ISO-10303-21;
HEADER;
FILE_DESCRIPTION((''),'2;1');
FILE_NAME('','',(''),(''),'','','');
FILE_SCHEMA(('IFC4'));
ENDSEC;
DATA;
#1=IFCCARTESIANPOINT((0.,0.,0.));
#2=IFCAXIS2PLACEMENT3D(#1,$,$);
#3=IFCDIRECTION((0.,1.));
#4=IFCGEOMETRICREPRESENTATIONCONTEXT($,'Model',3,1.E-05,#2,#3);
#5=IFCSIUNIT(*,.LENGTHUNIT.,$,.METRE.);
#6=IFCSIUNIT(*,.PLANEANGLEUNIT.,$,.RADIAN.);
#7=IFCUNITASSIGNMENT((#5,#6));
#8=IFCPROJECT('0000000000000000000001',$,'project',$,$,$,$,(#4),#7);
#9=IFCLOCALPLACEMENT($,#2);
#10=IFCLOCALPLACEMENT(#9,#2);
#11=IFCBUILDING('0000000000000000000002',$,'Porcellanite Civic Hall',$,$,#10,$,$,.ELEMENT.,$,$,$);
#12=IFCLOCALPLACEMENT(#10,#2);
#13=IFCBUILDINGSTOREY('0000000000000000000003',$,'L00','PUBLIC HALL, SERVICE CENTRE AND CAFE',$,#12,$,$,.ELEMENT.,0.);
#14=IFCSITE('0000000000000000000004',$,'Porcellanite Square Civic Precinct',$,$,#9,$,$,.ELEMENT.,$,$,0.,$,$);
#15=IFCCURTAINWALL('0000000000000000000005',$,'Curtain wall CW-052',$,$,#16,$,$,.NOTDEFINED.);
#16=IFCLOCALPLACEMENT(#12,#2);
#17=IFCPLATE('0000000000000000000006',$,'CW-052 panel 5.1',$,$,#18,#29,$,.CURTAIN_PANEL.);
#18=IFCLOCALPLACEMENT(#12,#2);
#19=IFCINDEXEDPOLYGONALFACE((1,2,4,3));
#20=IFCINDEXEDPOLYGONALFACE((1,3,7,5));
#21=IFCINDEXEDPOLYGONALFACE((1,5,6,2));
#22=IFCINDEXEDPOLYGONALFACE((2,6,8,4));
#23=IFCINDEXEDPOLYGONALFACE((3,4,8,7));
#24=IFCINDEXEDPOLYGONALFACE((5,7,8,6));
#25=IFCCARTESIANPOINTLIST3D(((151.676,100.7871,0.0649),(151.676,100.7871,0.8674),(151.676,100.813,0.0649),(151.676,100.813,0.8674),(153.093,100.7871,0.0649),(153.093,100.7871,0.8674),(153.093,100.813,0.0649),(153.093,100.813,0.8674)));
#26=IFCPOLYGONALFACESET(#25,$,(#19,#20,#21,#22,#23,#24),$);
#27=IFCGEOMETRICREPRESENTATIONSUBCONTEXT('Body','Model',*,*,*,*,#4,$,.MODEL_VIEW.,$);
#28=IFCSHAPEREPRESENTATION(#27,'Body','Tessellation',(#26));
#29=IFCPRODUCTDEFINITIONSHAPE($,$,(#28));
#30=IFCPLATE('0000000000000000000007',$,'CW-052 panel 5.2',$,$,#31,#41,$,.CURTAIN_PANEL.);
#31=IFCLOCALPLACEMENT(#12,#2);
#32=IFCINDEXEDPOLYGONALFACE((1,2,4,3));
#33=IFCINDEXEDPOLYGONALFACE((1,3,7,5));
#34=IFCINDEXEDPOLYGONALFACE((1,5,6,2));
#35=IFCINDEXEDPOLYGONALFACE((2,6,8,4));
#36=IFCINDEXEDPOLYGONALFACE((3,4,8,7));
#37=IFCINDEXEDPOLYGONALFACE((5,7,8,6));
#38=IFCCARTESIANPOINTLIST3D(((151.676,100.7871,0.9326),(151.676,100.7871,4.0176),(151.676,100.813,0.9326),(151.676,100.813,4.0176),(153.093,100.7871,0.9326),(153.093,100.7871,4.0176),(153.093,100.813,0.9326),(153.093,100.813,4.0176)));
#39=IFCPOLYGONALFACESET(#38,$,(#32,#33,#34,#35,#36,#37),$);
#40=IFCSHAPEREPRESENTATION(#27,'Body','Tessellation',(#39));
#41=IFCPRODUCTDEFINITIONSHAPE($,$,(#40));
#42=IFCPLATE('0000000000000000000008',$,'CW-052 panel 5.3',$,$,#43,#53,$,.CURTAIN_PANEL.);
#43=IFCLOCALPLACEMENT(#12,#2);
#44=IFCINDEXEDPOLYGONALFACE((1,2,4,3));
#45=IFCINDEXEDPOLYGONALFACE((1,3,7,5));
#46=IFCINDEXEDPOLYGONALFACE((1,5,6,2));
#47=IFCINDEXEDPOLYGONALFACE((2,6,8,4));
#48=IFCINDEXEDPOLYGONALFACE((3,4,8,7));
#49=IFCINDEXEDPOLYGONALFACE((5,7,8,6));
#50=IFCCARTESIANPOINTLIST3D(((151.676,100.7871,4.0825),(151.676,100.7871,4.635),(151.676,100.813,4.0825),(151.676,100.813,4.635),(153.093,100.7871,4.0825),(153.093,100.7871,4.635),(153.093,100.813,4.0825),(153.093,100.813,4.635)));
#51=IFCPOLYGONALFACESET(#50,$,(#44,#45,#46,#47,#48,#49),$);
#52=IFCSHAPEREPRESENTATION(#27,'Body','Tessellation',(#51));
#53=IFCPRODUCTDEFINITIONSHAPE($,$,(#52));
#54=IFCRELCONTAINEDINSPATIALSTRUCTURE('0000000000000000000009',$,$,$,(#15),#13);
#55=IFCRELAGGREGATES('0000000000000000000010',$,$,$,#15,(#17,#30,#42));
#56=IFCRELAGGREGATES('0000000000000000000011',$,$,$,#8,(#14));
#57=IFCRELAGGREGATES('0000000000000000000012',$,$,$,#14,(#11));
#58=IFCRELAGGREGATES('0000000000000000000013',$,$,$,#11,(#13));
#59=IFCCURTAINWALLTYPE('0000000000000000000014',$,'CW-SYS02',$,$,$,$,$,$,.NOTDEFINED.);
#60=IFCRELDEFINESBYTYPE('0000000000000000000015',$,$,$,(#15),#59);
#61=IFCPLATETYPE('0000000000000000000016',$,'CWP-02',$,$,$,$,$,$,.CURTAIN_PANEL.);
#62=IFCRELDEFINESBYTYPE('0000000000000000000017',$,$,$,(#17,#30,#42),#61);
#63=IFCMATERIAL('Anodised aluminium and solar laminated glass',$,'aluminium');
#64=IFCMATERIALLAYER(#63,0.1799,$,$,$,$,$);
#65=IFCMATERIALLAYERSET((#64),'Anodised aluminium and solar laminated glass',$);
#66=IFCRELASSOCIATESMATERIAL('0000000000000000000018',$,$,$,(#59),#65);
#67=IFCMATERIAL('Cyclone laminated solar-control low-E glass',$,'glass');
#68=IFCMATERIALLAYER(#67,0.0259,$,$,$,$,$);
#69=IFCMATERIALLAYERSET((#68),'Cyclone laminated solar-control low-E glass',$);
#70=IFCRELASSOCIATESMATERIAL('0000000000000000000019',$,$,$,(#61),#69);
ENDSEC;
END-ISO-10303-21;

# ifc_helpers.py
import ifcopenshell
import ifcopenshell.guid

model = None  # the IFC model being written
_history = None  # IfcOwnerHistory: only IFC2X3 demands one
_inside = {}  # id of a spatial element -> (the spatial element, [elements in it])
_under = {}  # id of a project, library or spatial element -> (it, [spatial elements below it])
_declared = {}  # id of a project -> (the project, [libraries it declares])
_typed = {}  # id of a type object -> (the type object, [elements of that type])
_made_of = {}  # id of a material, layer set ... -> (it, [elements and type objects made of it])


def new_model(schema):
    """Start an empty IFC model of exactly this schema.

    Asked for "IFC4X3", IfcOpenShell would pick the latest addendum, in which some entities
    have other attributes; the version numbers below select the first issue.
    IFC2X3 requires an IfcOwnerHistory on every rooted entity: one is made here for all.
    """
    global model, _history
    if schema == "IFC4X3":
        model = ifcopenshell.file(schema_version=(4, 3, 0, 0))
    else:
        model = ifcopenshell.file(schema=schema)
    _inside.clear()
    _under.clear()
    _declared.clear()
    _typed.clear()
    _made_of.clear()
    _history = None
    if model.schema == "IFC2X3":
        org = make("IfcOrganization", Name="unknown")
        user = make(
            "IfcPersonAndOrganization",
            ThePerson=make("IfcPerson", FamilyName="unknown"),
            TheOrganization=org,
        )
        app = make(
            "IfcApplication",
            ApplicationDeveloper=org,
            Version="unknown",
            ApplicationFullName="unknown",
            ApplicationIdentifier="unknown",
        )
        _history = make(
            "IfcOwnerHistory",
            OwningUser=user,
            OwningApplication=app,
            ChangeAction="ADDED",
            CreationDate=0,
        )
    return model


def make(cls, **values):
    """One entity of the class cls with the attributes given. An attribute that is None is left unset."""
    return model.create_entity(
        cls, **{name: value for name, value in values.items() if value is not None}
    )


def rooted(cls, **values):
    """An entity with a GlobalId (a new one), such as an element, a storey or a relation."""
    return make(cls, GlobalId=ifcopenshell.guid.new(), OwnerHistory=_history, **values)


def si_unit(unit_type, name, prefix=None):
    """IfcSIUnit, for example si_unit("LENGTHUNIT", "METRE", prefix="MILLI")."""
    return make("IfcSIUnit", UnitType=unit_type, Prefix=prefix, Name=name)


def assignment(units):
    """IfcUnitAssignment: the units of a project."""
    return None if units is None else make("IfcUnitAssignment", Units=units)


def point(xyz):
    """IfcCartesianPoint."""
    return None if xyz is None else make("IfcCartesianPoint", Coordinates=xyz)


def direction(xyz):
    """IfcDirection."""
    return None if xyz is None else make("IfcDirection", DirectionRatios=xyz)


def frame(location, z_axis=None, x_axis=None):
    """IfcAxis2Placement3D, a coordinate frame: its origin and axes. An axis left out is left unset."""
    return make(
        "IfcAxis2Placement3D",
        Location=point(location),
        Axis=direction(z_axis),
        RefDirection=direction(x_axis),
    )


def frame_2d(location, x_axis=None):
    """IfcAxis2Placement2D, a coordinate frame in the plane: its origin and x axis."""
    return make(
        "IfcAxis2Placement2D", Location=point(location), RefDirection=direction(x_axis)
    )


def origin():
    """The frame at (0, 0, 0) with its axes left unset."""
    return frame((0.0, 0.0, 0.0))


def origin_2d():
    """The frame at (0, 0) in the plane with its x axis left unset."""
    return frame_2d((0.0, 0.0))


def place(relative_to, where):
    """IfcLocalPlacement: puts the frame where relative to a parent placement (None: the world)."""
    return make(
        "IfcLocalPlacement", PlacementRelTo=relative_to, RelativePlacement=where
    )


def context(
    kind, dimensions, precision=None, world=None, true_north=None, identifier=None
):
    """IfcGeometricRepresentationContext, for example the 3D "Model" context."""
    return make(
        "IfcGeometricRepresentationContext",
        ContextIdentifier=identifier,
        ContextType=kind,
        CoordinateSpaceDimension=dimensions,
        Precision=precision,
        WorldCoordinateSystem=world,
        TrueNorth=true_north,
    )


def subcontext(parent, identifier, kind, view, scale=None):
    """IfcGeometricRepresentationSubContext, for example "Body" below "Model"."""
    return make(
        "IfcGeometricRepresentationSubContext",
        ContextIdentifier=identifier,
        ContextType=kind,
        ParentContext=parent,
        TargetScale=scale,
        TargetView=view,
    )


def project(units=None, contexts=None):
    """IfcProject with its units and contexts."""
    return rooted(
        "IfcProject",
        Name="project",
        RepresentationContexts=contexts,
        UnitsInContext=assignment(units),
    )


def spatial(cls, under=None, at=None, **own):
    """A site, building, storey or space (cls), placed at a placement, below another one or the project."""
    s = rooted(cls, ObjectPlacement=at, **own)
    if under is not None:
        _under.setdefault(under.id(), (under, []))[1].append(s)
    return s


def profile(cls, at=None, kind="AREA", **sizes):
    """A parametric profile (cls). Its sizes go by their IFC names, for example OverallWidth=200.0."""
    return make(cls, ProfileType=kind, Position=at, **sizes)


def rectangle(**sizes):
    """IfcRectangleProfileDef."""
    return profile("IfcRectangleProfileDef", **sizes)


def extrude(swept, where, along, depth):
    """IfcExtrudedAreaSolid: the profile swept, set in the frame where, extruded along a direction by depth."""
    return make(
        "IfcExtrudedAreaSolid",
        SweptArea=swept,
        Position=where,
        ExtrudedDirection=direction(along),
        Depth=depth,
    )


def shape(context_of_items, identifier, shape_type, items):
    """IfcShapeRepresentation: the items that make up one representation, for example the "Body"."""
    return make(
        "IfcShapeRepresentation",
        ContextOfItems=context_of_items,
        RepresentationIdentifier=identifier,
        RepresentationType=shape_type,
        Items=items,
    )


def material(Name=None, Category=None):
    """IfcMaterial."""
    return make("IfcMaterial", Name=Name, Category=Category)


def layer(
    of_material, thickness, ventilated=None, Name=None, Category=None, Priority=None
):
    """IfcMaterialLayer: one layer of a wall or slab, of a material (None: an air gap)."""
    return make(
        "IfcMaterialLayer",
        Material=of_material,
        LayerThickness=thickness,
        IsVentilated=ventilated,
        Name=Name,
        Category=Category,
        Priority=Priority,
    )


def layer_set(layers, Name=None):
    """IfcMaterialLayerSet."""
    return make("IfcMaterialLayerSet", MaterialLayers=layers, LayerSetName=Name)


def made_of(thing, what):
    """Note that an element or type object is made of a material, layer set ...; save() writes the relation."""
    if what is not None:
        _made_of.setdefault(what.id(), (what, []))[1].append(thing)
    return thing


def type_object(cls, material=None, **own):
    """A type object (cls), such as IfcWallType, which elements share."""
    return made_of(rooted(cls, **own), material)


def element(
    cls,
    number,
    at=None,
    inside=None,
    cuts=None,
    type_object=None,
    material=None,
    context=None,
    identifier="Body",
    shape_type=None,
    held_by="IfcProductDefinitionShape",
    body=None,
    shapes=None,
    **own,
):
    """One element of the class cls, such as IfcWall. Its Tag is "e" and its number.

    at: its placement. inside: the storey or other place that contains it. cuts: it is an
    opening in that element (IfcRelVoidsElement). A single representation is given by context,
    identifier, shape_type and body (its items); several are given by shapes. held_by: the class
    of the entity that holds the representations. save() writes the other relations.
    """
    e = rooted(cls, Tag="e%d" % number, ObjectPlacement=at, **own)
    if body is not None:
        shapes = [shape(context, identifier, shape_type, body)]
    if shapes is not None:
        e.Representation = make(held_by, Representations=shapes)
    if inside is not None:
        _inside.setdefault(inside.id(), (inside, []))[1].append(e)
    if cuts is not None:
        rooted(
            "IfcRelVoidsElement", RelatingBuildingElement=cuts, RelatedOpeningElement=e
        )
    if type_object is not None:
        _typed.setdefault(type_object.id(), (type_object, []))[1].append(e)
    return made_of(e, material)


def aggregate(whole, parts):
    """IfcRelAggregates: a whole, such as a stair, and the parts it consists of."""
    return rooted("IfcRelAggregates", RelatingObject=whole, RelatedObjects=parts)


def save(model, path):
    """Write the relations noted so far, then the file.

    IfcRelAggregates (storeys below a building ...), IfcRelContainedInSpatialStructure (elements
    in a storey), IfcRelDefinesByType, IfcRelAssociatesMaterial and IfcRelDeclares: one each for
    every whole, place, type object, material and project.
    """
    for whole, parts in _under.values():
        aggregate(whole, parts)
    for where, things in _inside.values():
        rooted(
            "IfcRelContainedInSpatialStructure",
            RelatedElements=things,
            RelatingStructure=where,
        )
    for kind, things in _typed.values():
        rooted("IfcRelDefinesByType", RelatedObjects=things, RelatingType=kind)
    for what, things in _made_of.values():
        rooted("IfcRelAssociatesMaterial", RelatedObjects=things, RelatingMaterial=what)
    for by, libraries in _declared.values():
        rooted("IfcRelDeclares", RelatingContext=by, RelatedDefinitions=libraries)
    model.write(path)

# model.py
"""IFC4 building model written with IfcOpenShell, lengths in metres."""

from ifc_helpers import new_model, si_unit, direction, frame, origin, origin_2d, place, context, subcontext, project, spatial, rectangle, extrude, material, layer, layer_set, type_object, element, aggregate, save


model = new_model("IFC4")

# Units and contexts
model_context = context("Model", 3, precision=1e-05, world=origin(), true_north=direction((0.0, 1.0)))
body_context = subcontext(model_context, "Body", "Model", "MODEL_VIEW")
ifc_project = project(units=[si_unit("LENGTHUNIT", "METRE"), si_unit("PLANEANGLEUNIT", "RADIAN")], contexts=[model_context])

# Site, building, storey
site_placement = place(None, origin())
site = spatial("IfcSite", under=ifc_project, at=site_placement, Name="Porcellanite Square Civic Precinct", CompositionType="ELEMENT", RefElevation=0.0)
building_placement = place(site_placement, origin())
building = spatial("IfcBuilding", under=site, at=building_placement, Name="Porcellanite Civic Hall", CompositionType="ELEMENT")
storey_placement = place(building_placement, origin())
storey = spatial("IfcBuildingStorey", under=building, at=storey_placement, Name="L00", Description="PUBLIC HALL, SERVICE CENTRE AND CAFE", CompositionType="ELEMENT", Elevation=0.0)

# Curtain wall
ifc_material_1 = material(Name="Anodised aluminium and solar laminated glass", Category="aluminium")
ifc_layer_1 = layer(ifc_material_1, 0.1799)
ifc_layer_set_1 = layer_set([ifc_layer_1], Name="Anodised aluminium and solar laminated glass")
curtain_wall_type = type_object("IfcCurtainWallType", Name="CW-SYS02", PredefinedType="NOTDEFINED", material=ifc_layer_set_1)
curtain_wall_1_placement = place(storey_placement, origin())
curtain_wall_1 = element("IfcCurtainWall", 1, at=curtain_wall_1_placement, inside=storey, type_object=curtain_wall_type, Name="Curtain wall CW-052", PredefinedType="NOTDEFINED")

# Plates
ifc_material_2 = material(Name="Cyclone laminated solar-control low-E glass", Category="glass")
ifc_layer_2 = layer(ifc_material_2, 0.0259)
ifc_layer_set_2 = layer_set([ifc_layer_2], Name="Cyclone laminated solar-control low-E glass")
plate_type = type_object("IfcPlateType", Name="CWP-02", PredefinedType="CURTAIN_PANEL", material=ifc_layer_set_2)
plate_1_placement = place(storey_placement, frame((152.3845, 100.8, 0.0649), z_axis=(0.0, 0.0, 1.0), x_axis=(-1.0, 0.0, 0.0)))
plate_1 = element("IfcPlate", 2, at=plate_1_placement, type_object=plate_type, Name="CW-052 panel 5.1", PredefinedType="CURTAIN_PANEL", context=body_context, shape_type="SweptSolid", body=[
    extrude(rectangle(XDim=1.417, YDim=0.0259, at=origin_2d()), origin(), (0.0, 0.0, 1.0), 0.8025),
])
plate_2_placement = place(storey_placement, frame((152.3845, 100.8, 0.9326), z_axis=(0.0, 0.0, 1.0), x_axis=(-1.0, 0.0, 0.0)))
plate_2 = element("IfcPlate", 3, at=plate_2_placement, type_object=plate_type, Name="CW-052 panel 5.2", PredefinedType="CURTAIN_PANEL", context=body_context, shape_type="SweptSolid", body=[
    extrude(rectangle(XDim=1.417, YDim=0.0259, at=origin_2d()), origin(), (0.0, 0.0, 1.0), 3.085),
])
plate_3_placement = place(storey_placement, frame((152.3845, 100.8, 4.0825), z_axis=(0.0, 0.0, 1.0), x_axis=(-1.0, 0.0, 0.0)))
plate_3 = element("IfcPlate", 4, at=plate_3_placement, type_object=plate_type, Name="CW-052 panel 5.3", PredefinedType="CURTAIN_PANEL", context=body_context, shape_type="SweptSolid", body=[
    extrude(rectangle(XDim=1.417, YDim=0.0259, at=origin_2d()), origin(), (0.0, 0.0, 1.0), 0.5525),
])
aggregate(curtain_wall_1, [plate_1, plate_2, plate_3])

save(model, "model.ifc")
